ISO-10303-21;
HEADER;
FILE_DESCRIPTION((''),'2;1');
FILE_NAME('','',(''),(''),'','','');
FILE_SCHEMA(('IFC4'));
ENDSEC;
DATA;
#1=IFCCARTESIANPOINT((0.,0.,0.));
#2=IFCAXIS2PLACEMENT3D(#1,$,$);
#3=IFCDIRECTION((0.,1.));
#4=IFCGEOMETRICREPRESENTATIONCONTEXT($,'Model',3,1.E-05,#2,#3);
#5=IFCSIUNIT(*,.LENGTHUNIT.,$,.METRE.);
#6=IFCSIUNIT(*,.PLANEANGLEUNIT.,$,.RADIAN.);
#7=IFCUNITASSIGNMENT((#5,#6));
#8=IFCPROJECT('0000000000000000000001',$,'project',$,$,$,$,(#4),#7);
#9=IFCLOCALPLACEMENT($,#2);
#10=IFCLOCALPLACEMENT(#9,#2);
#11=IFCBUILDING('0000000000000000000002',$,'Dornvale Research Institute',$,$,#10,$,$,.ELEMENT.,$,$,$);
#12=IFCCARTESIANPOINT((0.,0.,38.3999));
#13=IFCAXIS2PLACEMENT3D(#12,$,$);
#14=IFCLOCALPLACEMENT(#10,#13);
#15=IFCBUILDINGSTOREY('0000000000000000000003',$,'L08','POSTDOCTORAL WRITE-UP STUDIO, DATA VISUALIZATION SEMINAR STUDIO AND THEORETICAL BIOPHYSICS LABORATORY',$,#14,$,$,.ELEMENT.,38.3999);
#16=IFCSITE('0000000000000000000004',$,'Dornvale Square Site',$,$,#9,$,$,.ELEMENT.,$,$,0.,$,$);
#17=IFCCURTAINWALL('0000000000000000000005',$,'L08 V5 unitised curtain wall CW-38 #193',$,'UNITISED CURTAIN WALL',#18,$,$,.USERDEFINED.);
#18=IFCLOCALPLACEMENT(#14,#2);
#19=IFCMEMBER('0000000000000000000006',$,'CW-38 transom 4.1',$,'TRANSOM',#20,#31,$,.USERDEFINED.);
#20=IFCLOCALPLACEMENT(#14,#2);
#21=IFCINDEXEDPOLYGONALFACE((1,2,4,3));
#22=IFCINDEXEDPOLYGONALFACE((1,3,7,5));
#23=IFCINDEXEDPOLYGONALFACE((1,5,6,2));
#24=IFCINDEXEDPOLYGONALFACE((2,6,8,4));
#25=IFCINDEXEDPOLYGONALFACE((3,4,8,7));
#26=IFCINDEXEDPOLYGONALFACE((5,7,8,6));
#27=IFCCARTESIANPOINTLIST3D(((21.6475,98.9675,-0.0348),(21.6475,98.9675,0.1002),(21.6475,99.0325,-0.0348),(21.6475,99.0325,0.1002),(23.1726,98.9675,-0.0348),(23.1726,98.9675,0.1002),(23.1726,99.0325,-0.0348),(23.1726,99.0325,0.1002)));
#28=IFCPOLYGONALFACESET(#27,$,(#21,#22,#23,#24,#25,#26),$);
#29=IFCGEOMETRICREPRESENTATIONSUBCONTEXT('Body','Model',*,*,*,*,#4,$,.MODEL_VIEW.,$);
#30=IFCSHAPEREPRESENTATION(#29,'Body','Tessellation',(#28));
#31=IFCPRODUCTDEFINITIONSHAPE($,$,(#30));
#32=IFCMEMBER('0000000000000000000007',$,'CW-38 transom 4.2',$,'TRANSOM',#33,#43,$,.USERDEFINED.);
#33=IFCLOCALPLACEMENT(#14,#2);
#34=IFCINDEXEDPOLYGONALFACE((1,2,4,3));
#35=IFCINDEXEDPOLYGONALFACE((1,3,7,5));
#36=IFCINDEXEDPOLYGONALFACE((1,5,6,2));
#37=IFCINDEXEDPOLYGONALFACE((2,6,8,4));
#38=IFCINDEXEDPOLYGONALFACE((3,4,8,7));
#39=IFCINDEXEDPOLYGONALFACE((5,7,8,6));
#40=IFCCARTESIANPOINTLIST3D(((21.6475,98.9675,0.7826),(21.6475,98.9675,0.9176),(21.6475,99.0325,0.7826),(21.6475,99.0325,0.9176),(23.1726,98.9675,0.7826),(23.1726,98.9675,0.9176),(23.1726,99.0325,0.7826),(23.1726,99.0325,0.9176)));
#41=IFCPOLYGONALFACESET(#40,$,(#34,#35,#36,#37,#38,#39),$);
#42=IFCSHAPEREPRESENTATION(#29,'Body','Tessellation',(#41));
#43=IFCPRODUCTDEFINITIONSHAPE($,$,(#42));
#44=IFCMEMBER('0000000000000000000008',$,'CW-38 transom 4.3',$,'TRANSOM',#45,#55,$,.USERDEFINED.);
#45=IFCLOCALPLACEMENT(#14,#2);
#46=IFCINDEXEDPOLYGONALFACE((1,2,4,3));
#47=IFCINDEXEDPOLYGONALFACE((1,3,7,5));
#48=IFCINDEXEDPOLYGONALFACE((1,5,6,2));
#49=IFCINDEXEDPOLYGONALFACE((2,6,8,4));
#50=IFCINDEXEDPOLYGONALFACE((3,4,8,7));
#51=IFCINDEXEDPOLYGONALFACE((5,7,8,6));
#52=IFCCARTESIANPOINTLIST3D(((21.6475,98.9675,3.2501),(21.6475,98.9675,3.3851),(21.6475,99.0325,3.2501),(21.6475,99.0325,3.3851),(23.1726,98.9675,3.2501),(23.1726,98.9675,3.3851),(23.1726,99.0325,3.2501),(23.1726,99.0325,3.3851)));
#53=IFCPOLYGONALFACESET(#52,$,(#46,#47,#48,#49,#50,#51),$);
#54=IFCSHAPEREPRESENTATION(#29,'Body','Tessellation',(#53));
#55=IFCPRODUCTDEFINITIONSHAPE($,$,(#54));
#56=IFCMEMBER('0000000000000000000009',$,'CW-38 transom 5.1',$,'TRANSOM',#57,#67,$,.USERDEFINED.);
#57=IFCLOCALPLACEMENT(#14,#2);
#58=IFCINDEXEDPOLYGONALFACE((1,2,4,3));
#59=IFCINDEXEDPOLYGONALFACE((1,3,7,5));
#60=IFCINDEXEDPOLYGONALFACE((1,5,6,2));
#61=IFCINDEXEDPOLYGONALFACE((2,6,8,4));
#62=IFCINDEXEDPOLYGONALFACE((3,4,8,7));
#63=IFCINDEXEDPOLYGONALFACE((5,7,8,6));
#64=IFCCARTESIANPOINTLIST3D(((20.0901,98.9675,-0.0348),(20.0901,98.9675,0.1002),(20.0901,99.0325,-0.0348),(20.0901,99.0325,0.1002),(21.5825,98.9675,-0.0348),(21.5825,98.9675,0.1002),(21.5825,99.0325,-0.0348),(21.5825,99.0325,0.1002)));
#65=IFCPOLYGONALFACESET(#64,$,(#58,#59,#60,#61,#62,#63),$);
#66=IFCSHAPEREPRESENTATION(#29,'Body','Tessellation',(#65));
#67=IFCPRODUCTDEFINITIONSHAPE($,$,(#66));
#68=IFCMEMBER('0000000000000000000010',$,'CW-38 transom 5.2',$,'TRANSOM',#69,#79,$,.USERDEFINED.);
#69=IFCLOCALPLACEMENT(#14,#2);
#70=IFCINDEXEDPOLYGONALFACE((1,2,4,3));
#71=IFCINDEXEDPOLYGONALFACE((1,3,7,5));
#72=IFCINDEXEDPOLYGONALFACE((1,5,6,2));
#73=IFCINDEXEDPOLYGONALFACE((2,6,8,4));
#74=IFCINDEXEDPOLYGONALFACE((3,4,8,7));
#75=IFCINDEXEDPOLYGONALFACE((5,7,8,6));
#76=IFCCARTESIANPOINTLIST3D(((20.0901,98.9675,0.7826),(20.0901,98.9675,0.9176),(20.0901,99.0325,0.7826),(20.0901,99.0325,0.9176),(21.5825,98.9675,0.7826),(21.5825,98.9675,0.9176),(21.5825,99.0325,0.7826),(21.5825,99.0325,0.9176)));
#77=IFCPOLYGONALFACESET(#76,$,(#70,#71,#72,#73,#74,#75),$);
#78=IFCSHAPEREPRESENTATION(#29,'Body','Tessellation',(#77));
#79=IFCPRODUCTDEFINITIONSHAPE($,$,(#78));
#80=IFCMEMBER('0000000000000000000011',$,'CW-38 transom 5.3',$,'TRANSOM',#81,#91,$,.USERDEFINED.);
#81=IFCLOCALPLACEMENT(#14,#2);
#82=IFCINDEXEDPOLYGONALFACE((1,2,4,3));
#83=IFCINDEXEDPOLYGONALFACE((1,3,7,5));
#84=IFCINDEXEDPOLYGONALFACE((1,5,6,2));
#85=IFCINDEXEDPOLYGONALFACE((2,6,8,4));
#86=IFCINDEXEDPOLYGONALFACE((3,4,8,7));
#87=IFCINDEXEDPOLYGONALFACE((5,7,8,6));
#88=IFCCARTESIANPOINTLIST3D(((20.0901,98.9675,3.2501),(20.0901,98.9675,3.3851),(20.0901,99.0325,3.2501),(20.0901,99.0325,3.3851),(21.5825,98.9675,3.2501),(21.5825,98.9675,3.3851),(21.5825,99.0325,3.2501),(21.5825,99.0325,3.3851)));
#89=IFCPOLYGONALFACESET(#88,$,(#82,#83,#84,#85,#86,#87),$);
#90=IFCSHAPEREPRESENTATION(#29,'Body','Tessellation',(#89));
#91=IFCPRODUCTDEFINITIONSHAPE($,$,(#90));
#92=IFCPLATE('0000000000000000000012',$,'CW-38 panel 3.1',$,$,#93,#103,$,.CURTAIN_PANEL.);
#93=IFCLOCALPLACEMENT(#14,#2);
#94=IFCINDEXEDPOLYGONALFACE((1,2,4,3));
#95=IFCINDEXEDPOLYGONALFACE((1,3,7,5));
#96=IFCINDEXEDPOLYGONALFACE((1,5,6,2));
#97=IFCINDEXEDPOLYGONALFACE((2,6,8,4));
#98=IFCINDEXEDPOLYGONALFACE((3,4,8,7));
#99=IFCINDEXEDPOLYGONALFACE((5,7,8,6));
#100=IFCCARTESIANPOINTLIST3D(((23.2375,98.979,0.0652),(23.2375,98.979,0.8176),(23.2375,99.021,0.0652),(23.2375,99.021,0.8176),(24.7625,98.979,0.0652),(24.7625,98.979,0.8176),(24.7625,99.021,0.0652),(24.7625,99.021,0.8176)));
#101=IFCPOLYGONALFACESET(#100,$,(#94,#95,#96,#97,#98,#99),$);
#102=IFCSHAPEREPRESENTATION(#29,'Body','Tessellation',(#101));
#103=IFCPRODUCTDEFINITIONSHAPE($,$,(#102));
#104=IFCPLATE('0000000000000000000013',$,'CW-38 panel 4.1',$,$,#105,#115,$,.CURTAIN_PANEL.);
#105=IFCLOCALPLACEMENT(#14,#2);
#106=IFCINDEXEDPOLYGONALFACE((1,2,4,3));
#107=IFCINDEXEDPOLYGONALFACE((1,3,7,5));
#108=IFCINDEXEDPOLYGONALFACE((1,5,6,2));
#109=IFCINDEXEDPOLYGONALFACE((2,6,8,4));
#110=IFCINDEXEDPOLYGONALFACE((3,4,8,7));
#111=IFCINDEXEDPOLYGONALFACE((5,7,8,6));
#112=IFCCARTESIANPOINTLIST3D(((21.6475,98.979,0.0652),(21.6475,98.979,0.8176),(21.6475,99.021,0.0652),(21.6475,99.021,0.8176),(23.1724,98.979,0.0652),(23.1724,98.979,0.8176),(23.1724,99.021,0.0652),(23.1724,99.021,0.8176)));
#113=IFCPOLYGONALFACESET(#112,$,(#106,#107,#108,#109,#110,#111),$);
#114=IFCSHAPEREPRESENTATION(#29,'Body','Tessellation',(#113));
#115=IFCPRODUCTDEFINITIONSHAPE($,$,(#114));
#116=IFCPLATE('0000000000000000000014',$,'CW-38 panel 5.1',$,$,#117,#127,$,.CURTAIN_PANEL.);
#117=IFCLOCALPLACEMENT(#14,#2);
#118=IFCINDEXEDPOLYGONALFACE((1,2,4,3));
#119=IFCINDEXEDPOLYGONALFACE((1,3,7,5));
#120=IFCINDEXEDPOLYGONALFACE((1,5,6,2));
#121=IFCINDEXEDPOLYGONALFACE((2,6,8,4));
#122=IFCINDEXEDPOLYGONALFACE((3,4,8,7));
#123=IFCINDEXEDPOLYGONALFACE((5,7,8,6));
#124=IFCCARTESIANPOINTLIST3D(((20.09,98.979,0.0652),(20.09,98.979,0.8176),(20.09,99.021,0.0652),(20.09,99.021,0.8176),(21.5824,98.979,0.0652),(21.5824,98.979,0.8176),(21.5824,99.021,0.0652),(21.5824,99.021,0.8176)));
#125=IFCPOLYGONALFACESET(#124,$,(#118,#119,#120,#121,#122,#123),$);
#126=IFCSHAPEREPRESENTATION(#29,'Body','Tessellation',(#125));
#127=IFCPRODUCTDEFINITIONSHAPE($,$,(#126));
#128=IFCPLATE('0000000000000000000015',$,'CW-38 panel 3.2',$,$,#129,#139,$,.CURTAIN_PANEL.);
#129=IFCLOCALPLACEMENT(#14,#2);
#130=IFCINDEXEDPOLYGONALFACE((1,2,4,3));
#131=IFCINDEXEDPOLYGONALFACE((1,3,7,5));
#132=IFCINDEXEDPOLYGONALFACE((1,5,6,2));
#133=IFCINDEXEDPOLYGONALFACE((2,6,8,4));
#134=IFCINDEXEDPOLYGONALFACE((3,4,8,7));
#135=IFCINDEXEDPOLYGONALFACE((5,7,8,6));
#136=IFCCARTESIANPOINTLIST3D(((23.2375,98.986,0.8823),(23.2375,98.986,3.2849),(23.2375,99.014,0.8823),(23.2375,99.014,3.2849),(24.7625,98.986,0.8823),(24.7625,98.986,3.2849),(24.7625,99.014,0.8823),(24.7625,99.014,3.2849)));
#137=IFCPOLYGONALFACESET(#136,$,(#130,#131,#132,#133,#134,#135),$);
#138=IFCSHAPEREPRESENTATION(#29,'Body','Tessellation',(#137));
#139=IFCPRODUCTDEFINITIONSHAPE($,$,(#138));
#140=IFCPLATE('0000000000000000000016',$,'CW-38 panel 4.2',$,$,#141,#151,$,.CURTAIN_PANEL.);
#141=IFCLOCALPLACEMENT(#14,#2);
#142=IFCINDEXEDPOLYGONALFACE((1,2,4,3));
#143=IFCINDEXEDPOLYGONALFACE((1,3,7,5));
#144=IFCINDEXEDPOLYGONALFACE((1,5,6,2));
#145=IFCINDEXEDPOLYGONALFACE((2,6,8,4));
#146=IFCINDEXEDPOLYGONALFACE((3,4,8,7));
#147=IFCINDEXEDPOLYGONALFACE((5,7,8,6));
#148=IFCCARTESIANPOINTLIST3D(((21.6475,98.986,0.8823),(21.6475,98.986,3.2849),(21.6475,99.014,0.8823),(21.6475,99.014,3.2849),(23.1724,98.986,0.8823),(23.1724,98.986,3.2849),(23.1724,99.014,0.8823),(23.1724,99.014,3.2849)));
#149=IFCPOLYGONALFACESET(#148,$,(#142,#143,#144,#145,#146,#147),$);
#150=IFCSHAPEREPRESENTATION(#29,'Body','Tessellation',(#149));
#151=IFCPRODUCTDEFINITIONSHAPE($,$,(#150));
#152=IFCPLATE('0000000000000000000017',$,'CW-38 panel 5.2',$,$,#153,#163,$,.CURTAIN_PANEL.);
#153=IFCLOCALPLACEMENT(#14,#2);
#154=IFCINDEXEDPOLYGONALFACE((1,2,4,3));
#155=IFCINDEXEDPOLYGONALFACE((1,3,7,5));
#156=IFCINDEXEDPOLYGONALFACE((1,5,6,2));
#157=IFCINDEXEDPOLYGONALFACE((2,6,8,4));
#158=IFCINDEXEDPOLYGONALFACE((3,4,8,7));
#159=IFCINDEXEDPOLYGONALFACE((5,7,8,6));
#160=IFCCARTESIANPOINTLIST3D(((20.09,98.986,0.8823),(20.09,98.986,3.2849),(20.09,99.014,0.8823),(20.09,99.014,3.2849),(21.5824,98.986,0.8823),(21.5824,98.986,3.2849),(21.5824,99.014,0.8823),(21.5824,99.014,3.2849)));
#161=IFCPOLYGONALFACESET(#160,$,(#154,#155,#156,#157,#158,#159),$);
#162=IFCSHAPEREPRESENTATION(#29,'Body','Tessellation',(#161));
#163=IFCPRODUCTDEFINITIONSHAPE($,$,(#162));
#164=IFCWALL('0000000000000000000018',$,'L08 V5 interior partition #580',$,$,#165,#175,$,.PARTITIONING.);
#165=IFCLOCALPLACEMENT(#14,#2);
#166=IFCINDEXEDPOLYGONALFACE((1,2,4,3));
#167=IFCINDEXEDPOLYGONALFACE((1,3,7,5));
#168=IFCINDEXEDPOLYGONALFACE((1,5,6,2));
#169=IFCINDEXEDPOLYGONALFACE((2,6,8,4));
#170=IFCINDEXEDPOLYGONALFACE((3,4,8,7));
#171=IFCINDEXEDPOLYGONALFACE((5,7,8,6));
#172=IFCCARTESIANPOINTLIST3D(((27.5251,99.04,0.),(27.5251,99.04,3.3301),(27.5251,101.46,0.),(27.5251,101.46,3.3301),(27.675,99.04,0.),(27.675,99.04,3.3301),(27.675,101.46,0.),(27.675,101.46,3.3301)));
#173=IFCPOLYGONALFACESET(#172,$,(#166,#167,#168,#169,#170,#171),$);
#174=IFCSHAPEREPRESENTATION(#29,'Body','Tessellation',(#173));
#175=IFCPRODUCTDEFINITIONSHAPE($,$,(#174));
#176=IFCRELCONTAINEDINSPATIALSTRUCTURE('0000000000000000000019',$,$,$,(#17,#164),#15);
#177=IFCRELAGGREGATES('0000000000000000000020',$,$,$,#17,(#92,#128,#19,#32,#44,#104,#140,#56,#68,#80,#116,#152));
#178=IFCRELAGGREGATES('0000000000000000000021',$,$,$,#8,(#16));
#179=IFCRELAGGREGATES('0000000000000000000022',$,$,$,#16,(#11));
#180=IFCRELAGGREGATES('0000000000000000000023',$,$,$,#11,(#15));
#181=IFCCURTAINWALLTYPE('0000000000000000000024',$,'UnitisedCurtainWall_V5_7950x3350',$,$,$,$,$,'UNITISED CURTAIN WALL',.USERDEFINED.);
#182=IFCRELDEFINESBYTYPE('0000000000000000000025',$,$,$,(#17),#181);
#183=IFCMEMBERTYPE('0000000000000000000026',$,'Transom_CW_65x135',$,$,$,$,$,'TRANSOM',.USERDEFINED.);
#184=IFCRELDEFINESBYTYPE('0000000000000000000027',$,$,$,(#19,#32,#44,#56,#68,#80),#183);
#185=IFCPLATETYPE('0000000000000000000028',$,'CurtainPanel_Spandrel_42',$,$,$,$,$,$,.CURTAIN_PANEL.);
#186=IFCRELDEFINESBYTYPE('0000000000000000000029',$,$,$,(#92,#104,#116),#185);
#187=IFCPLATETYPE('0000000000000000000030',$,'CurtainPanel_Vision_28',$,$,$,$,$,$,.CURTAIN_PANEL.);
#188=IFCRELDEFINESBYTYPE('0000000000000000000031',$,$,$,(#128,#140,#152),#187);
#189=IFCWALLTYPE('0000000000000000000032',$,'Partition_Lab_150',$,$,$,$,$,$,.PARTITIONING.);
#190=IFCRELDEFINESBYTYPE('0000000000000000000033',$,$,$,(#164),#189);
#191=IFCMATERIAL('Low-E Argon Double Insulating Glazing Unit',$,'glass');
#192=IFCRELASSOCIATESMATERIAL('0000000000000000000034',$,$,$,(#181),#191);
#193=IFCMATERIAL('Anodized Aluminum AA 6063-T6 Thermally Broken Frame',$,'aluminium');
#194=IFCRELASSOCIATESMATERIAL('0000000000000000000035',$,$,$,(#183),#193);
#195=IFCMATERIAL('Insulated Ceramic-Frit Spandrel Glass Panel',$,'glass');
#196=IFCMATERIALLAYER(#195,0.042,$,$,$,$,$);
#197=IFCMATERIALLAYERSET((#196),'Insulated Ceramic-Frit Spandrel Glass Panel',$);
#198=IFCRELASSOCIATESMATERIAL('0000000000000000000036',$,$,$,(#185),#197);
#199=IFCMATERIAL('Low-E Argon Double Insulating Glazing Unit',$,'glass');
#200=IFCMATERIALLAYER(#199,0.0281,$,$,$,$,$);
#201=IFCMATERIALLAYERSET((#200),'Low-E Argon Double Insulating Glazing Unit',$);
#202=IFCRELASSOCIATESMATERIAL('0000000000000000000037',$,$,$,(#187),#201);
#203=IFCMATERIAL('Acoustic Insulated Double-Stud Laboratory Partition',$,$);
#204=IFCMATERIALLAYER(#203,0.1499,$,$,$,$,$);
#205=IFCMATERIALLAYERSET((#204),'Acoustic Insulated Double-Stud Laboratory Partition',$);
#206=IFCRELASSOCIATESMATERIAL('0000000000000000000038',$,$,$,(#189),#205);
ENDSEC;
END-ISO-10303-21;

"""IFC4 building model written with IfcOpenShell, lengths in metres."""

from ifc_helpers import new_model, si_unit, direction, frame, frame_2d, origin, origin_2d, place, context, subcontext, project, spatial, rectangle, extrude, material, layer, layer_set, material_profile, profile_set, type_object, element, aggregate, save


model = new_model("IFC4")

# Units and contexts
model_context = context("Model", 3, precision=1e-05, world=origin(), true_north=direction((0.0, 1.0)))
body_context = subcontext(model_context, "Body", "Model", "MODEL_VIEW")
ifc_project = project(units=[si_unit("LENGTHUNIT", "METRE"), si_unit("PLANEANGLEUNIT", "RADIAN")], contexts=[model_context])

# Site, building, storey
site_placement = place(None, origin())
site = spatial("IfcSite", under=ifc_project, at=site_placement, Name="Dornvale Square Site", CompositionType="ELEMENT", RefElevation=0.0)
building_placement = place(site_placement, origin())
building = spatial("IfcBuilding", under=site, at=building_placement, Name="Dornvale Research Institute", CompositionType="ELEMENT")
storey_placement = place(building_placement, frame((0.0, 0.0, 38.3999)))
storey = spatial("IfcBuildingStorey", under=building, at=storey_placement, Name="L08", Description="POSTDOCTORAL WRITE-UP STUDIO, DATA VISUALIZATION SEMINAR STUDIO AND THEORETICAL BIOPHYSICS LABORATORY", CompositionType="ELEMENT", Elevation=38.3999)

# Curtain wall, members, plates
ifc_material_1 = material(Name="Low-E Argon Double Insulating Glazing Unit", Category="glass")
curtain_wall_type = type_object("IfcCurtainWallType", Name="UnitisedCurtainWall_V5_7950x3350", ElementType="UNITISED CURTAIN WALL", PredefinedType="USERDEFINED", material=ifc_material_1)
curtain_wall_placement = place(storey_placement, origin())
curtain_wall = element("IfcCurtainWall", 1, at=curtain_wall_placement, inside=storey, type_object=curtain_wall_type, Name="L08 V5 unitised curtain wall CW-38 #193", ObjectType="UNITISED CURTAIN WALL", PredefinedType="USERDEFINED")
ifc_material_2 = material(Name="Anodized Aluminum AA 6063-T6 Thermally Broken Frame", Category="aluminium")
ifc_material_profile_1 = material_profile(ifc_material_2, rectangle(XDim=0.0649, YDim=0.135, at=origin_2d()), Name="ALU TRANSOM 65x135")
ifc_profile_set_1 = profile_set([ifc_material_profile_1], Name="Anodized Aluminum AA 6063-T6 Thermally Broken Frame")
member_type = type_object("IfcMemberType", Name="Transom_CW_65x135", ElementType="TRANSOM", PredefinedType="USERDEFINED", material=ifc_profile_set_1)
member_1_placement = place(storey_placement, frame((23.1726, 99.0, 0.0327), z_axis=(-1.0, 0.0, 0.0), x_axis=(0.0, -1.0, 0.0)))
member_1 = element("IfcMember", 2, at=member_1_placement, type_object=member_type, Name="CW-38 transom 4.1", ObjectType="TRANSOM", PredefinedType="USERDEFINED", context=body_context, shape_type="SweptSolid", body=[
    extrude(rectangle(XDim=0.0649, YDim=0.135, at=origin_2d()), origin(), (0.0, 0.0, 1.0), 1.5251),
])
member_2_placement = place(storey_placement, frame((23.1726, 99.0, 0.8501), z_axis=(-1.0, 0.0, 0.0), x_axis=(0.0, -1.0, 0.0)))
member_2 = element("IfcMember", 3, at=member_2_placement, type_object=member_type, Name="CW-38 transom 4.2", ObjectType="TRANSOM", PredefinedType="USERDEFINED", context=body_context, shape_type="SweptSolid", body=[
    extrude(rectangle(XDim=0.0649, YDim=0.135, at=origin_2d()), origin(), (0.0, 0.0, 1.0), 1.5251),
])
member_3_placement = place(storey_placement, frame((23.1726, 99.0, 3.3176), z_axis=(-1.0, 0.0, 0.0), x_axis=(0.0, -1.0, 0.0)))
member_3 = element("IfcMember", 4, at=member_3_placement, type_object=member_type, Name="CW-38 transom 4.3", ObjectType="TRANSOM", PredefinedType="USERDEFINED", context=body_context, shape_type="SweptSolid", body=[
    extrude(rectangle(XDim=0.0649, YDim=0.135, at=origin_2d()), origin(), (0.0, 0.0, 1.0), 1.5251),
])
member_4_placement = place(storey_placement, frame((21.5825, 99.0, 0.0327), z_axis=(-1.0, 0.0, 0.0), x_axis=(0.0, -1.0, 0.0)))
member_4 = element("IfcMember", 5, at=member_4_placement, type_object=member_type, Name="CW-38 transom 5.1", ObjectType="TRANSOM", PredefinedType="USERDEFINED", context=body_context, shape_type="SweptSolid", body=[
    extrude(rectangle(XDim=0.0649, YDim=0.135, at=origin_2d()), origin(), (0.0, 0.0, 1.0), 1.4924),
])
member_5_placement = place(storey_placement, frame((21.5825, 99.0, 0.8501), z_axis=(-1.0, 0.0, 0.0), x_axis=(0.0, -1.0, 0.0)))
member_5 = element("IfcMember", 6, at=member_5_placement, type_object=member_type, Name="CW-38 transom 5.2", ObjectType="TRANSOM", PredefinedType="USERDEFINED", context=body_context, shape_type="SweptSolid", body=[
    extrude(rectangle(XDim=0.0649, YDim=0.135, at=origin_2d()), origin(), (0.0, 0.0, 1.0), 1.4924),
])
member_6_placement = place(storey_placement, frame((21.5825, 99.0, 3.3176), z_axis=(-1.0, 0.0, 0.0), x_axis=(0.0, -1.0, 0.0)))
member_6 = element("IfcMember", 7, at=member_6_placement, type_object=member_type, Name="CW-38 transom 5.3", ObjectType="TRANSOM", PredefinedType="USERDEFINED", context=body_context, shape_type="SweptSolid", body=[
    extrude(rectangle(XDim=0.0649, YDim=0.135, at=origin_2d()), origin(), (0.0, 0.0, 1.0), 1.4924),
])
ifc_material_3 = material(Name="Insulated Ceramic-Frit Spandrel Glass Panel", Category="glass")
ifc_layer_1 = layer(ifc_material_3, 0.042)
ifc_layer_set_1 = layer_set([ifc_layer_1], Name="Insulated Ceramic-Frit Spandrel Glass Panel")
plate_type_1 = type_object("IfcPlateType", Name="CurtainPanel_Spandrel_42", PredefinedType="CURTAIN_PANEL", material=ifc_layer_set_1)
plate_1_placement = place(storey_placement, frame((24.0, 99.0, 0.0652), z_axis=(0.0, 0.0, 1.0), x_axis=(-1.0, 0.0, 0.0)))
plate_1 = element("IfcPlate", 8, at=plate_1_placement, type_object=plate_type_1, Name="CW-38 panel 3.1", PredefinedType="CURTAIN_PANEL", context=body_context, shape_type="SweptSolid", body=[
    extrude(rectangle(XDim=1.5249, YDim=0.042, at=origin_2d()), origin(), (0.0, 0.0, 1.0), 0.7524),
])
plate_2_placement = place(storey_placement, frame((22.4099, 99.0, 0.0652), z_axis=(0.0, 0.0, 1.0), x_axis=(-1.0, 0.0, 0.0)))
plate_2 = element("IfcPlate", 9, at=plate_2_placement, type_object=plate_type_1, Name="CW-38 panel 4.1", PredefinedType="CURTAIN_PANEL", context=body_context, shape_type="SweptSolid", body=[
    extrude(rectangle(XDim=1.5249, YDim=0.042, at=origin_2d()), origin(), (0.0, 0.0, 1.0), 0.7524),
])
plate_3_placement = place(storey_placement, frame((20.8362, 99.0, 0.0652), z_axis=(0.0, 0.0, 1.0), x_axis=(-1.0, 0.0, 0.0)))
plate_3 = element("IfcPlate", 10, at=plate_3_placement, type_object=plate_type_1, Name="CW-38 panel 5.1", PredefinedType="CURTAIN_PANEL", context=body_context, shape_type="SweptSolid", body=[
    extrude(rectangle(XDim=1.4924, YDim=0.042, at=origin_2d()), origin(), (0.0, 0.0, 1.0), 0.7524),
])
ifc_material_4 = material(Name="Low-E Argon Double Insulating Glazing Unit", Category="glass")
ifc_layer_2 = layer(ifc_material_4, 0.0281)
ifc_layer_set_2 = layer_set([ifc_layer_2], Name="Low-E Argon Double Insulating Glazing Unit")
plate_type_2 = type_object("IfcPlateType", Name="CurtainPanel_Vision_28", PredefinedType="CURTAIN_PANEL", material=ifc_layer_set_2)
plate_4_placement = place(storey_placement, frame((24.0, 99.0, 0.8823), z_axis=(0.0, 0.0, 1.0), x_axis=(-1.0, 0.0, 0.0)))
plate_4 = element("IfcPlate", 11, at=plate_4_placement, type_object=plate_type_2, Name="CW-38 panel 3.2", PredefinedType="CURTAIN_PANEL", context=body_context, shape_type="SweptSolid", body=[
    extrude(rectangle(XDim=1.5249, YDim=0.0281, at=origin_2d()), origin(), (0.0, 0.0, 1.0), 2.4026),
])
plate_5_placement = place(storey_placement, frame((22.4099, 99.0, 0.8823), z_axis=(0.0, 0.0, 1.0), x_axis=(-1.0, 0.0, 0.0)))
plate_5 = element("IfcPlate", 12, at=plate_5_placement, type_object=plate_type_2, Name="CW-38 panel 4.2", PredefinedType="CURTAIN_PANEL", context=body_context, shape_type="SweptSolid", body=[
    extrude(rectangle(XDim=1.5249, YDim=0.0281, at=origin_2d()), origin(), (0.0, 0.0, 1.0), 2.4026),
])
plate_6_placement = place(storey_placement, frame((20.8362, 99.0, 0.8823), z_axis=(0.0, 0.0, 1.0), x_axis=(-1.0, 0.0, 0.0)))
plate_6 = element("IfcPlate", 13, at=plate_6_placement, type_object=plate_type_2, Name="CW-38 panel 5.2", PredefinedType="CURTAIN_PANEL", context=body_context, shape_type="SweptSolid", body=[
    extrude(rectangle(XDim=1.4924, YDim=0.0281, at=origin_2d()), origin(), (0.0, 0.0, 1.0), 2.4026),
])
aggregate(curtain_wall, [plate_1, plate_4, member_1, member_2, member_3, plate_2, plate_5, member_4, member_5, member_6, plate_3, plate_6])

# Wall
ifc_material_5 = material(Name="Acoustic Insulated Double-Stud Laboratory Partition")
ifc_layer_3 = layer(ifc_material_5, 0.1499)
ifc_layer_set_3 = layer_set([ifc_layer_3], Name="Acoustic Insulated Double-Stud Laboratory Partition")
wall_type_1 = type_object("IfcWallType", Name="Partition_Lab_150", PredefinedType="PARTITIONING", material=ifc_layer_set_3)
wall_1_placement = place(storey_placement, frame((27.6001, 99.04, 0.0), z_axis=(0.0, 0.0, 1.0), x_axis=(0.0, 1.0, 0.0)))
element("IfcWall", 14, at=wall_1_placement, inside=storey, type_object=wall_type_1, Name="L08 V5 interior partition #580", PredefinedType="PARTITIONING", context=body_context, shape_type="SweptSolid", body=[
    extrude(rectangle(XDim=2.4199, YDim=0.1499, at=frame_2d((1.21, 0.0))), origin(), (0.0, 0.0, 1.0), 3.3301),
])

save(model, "model.ifc")
